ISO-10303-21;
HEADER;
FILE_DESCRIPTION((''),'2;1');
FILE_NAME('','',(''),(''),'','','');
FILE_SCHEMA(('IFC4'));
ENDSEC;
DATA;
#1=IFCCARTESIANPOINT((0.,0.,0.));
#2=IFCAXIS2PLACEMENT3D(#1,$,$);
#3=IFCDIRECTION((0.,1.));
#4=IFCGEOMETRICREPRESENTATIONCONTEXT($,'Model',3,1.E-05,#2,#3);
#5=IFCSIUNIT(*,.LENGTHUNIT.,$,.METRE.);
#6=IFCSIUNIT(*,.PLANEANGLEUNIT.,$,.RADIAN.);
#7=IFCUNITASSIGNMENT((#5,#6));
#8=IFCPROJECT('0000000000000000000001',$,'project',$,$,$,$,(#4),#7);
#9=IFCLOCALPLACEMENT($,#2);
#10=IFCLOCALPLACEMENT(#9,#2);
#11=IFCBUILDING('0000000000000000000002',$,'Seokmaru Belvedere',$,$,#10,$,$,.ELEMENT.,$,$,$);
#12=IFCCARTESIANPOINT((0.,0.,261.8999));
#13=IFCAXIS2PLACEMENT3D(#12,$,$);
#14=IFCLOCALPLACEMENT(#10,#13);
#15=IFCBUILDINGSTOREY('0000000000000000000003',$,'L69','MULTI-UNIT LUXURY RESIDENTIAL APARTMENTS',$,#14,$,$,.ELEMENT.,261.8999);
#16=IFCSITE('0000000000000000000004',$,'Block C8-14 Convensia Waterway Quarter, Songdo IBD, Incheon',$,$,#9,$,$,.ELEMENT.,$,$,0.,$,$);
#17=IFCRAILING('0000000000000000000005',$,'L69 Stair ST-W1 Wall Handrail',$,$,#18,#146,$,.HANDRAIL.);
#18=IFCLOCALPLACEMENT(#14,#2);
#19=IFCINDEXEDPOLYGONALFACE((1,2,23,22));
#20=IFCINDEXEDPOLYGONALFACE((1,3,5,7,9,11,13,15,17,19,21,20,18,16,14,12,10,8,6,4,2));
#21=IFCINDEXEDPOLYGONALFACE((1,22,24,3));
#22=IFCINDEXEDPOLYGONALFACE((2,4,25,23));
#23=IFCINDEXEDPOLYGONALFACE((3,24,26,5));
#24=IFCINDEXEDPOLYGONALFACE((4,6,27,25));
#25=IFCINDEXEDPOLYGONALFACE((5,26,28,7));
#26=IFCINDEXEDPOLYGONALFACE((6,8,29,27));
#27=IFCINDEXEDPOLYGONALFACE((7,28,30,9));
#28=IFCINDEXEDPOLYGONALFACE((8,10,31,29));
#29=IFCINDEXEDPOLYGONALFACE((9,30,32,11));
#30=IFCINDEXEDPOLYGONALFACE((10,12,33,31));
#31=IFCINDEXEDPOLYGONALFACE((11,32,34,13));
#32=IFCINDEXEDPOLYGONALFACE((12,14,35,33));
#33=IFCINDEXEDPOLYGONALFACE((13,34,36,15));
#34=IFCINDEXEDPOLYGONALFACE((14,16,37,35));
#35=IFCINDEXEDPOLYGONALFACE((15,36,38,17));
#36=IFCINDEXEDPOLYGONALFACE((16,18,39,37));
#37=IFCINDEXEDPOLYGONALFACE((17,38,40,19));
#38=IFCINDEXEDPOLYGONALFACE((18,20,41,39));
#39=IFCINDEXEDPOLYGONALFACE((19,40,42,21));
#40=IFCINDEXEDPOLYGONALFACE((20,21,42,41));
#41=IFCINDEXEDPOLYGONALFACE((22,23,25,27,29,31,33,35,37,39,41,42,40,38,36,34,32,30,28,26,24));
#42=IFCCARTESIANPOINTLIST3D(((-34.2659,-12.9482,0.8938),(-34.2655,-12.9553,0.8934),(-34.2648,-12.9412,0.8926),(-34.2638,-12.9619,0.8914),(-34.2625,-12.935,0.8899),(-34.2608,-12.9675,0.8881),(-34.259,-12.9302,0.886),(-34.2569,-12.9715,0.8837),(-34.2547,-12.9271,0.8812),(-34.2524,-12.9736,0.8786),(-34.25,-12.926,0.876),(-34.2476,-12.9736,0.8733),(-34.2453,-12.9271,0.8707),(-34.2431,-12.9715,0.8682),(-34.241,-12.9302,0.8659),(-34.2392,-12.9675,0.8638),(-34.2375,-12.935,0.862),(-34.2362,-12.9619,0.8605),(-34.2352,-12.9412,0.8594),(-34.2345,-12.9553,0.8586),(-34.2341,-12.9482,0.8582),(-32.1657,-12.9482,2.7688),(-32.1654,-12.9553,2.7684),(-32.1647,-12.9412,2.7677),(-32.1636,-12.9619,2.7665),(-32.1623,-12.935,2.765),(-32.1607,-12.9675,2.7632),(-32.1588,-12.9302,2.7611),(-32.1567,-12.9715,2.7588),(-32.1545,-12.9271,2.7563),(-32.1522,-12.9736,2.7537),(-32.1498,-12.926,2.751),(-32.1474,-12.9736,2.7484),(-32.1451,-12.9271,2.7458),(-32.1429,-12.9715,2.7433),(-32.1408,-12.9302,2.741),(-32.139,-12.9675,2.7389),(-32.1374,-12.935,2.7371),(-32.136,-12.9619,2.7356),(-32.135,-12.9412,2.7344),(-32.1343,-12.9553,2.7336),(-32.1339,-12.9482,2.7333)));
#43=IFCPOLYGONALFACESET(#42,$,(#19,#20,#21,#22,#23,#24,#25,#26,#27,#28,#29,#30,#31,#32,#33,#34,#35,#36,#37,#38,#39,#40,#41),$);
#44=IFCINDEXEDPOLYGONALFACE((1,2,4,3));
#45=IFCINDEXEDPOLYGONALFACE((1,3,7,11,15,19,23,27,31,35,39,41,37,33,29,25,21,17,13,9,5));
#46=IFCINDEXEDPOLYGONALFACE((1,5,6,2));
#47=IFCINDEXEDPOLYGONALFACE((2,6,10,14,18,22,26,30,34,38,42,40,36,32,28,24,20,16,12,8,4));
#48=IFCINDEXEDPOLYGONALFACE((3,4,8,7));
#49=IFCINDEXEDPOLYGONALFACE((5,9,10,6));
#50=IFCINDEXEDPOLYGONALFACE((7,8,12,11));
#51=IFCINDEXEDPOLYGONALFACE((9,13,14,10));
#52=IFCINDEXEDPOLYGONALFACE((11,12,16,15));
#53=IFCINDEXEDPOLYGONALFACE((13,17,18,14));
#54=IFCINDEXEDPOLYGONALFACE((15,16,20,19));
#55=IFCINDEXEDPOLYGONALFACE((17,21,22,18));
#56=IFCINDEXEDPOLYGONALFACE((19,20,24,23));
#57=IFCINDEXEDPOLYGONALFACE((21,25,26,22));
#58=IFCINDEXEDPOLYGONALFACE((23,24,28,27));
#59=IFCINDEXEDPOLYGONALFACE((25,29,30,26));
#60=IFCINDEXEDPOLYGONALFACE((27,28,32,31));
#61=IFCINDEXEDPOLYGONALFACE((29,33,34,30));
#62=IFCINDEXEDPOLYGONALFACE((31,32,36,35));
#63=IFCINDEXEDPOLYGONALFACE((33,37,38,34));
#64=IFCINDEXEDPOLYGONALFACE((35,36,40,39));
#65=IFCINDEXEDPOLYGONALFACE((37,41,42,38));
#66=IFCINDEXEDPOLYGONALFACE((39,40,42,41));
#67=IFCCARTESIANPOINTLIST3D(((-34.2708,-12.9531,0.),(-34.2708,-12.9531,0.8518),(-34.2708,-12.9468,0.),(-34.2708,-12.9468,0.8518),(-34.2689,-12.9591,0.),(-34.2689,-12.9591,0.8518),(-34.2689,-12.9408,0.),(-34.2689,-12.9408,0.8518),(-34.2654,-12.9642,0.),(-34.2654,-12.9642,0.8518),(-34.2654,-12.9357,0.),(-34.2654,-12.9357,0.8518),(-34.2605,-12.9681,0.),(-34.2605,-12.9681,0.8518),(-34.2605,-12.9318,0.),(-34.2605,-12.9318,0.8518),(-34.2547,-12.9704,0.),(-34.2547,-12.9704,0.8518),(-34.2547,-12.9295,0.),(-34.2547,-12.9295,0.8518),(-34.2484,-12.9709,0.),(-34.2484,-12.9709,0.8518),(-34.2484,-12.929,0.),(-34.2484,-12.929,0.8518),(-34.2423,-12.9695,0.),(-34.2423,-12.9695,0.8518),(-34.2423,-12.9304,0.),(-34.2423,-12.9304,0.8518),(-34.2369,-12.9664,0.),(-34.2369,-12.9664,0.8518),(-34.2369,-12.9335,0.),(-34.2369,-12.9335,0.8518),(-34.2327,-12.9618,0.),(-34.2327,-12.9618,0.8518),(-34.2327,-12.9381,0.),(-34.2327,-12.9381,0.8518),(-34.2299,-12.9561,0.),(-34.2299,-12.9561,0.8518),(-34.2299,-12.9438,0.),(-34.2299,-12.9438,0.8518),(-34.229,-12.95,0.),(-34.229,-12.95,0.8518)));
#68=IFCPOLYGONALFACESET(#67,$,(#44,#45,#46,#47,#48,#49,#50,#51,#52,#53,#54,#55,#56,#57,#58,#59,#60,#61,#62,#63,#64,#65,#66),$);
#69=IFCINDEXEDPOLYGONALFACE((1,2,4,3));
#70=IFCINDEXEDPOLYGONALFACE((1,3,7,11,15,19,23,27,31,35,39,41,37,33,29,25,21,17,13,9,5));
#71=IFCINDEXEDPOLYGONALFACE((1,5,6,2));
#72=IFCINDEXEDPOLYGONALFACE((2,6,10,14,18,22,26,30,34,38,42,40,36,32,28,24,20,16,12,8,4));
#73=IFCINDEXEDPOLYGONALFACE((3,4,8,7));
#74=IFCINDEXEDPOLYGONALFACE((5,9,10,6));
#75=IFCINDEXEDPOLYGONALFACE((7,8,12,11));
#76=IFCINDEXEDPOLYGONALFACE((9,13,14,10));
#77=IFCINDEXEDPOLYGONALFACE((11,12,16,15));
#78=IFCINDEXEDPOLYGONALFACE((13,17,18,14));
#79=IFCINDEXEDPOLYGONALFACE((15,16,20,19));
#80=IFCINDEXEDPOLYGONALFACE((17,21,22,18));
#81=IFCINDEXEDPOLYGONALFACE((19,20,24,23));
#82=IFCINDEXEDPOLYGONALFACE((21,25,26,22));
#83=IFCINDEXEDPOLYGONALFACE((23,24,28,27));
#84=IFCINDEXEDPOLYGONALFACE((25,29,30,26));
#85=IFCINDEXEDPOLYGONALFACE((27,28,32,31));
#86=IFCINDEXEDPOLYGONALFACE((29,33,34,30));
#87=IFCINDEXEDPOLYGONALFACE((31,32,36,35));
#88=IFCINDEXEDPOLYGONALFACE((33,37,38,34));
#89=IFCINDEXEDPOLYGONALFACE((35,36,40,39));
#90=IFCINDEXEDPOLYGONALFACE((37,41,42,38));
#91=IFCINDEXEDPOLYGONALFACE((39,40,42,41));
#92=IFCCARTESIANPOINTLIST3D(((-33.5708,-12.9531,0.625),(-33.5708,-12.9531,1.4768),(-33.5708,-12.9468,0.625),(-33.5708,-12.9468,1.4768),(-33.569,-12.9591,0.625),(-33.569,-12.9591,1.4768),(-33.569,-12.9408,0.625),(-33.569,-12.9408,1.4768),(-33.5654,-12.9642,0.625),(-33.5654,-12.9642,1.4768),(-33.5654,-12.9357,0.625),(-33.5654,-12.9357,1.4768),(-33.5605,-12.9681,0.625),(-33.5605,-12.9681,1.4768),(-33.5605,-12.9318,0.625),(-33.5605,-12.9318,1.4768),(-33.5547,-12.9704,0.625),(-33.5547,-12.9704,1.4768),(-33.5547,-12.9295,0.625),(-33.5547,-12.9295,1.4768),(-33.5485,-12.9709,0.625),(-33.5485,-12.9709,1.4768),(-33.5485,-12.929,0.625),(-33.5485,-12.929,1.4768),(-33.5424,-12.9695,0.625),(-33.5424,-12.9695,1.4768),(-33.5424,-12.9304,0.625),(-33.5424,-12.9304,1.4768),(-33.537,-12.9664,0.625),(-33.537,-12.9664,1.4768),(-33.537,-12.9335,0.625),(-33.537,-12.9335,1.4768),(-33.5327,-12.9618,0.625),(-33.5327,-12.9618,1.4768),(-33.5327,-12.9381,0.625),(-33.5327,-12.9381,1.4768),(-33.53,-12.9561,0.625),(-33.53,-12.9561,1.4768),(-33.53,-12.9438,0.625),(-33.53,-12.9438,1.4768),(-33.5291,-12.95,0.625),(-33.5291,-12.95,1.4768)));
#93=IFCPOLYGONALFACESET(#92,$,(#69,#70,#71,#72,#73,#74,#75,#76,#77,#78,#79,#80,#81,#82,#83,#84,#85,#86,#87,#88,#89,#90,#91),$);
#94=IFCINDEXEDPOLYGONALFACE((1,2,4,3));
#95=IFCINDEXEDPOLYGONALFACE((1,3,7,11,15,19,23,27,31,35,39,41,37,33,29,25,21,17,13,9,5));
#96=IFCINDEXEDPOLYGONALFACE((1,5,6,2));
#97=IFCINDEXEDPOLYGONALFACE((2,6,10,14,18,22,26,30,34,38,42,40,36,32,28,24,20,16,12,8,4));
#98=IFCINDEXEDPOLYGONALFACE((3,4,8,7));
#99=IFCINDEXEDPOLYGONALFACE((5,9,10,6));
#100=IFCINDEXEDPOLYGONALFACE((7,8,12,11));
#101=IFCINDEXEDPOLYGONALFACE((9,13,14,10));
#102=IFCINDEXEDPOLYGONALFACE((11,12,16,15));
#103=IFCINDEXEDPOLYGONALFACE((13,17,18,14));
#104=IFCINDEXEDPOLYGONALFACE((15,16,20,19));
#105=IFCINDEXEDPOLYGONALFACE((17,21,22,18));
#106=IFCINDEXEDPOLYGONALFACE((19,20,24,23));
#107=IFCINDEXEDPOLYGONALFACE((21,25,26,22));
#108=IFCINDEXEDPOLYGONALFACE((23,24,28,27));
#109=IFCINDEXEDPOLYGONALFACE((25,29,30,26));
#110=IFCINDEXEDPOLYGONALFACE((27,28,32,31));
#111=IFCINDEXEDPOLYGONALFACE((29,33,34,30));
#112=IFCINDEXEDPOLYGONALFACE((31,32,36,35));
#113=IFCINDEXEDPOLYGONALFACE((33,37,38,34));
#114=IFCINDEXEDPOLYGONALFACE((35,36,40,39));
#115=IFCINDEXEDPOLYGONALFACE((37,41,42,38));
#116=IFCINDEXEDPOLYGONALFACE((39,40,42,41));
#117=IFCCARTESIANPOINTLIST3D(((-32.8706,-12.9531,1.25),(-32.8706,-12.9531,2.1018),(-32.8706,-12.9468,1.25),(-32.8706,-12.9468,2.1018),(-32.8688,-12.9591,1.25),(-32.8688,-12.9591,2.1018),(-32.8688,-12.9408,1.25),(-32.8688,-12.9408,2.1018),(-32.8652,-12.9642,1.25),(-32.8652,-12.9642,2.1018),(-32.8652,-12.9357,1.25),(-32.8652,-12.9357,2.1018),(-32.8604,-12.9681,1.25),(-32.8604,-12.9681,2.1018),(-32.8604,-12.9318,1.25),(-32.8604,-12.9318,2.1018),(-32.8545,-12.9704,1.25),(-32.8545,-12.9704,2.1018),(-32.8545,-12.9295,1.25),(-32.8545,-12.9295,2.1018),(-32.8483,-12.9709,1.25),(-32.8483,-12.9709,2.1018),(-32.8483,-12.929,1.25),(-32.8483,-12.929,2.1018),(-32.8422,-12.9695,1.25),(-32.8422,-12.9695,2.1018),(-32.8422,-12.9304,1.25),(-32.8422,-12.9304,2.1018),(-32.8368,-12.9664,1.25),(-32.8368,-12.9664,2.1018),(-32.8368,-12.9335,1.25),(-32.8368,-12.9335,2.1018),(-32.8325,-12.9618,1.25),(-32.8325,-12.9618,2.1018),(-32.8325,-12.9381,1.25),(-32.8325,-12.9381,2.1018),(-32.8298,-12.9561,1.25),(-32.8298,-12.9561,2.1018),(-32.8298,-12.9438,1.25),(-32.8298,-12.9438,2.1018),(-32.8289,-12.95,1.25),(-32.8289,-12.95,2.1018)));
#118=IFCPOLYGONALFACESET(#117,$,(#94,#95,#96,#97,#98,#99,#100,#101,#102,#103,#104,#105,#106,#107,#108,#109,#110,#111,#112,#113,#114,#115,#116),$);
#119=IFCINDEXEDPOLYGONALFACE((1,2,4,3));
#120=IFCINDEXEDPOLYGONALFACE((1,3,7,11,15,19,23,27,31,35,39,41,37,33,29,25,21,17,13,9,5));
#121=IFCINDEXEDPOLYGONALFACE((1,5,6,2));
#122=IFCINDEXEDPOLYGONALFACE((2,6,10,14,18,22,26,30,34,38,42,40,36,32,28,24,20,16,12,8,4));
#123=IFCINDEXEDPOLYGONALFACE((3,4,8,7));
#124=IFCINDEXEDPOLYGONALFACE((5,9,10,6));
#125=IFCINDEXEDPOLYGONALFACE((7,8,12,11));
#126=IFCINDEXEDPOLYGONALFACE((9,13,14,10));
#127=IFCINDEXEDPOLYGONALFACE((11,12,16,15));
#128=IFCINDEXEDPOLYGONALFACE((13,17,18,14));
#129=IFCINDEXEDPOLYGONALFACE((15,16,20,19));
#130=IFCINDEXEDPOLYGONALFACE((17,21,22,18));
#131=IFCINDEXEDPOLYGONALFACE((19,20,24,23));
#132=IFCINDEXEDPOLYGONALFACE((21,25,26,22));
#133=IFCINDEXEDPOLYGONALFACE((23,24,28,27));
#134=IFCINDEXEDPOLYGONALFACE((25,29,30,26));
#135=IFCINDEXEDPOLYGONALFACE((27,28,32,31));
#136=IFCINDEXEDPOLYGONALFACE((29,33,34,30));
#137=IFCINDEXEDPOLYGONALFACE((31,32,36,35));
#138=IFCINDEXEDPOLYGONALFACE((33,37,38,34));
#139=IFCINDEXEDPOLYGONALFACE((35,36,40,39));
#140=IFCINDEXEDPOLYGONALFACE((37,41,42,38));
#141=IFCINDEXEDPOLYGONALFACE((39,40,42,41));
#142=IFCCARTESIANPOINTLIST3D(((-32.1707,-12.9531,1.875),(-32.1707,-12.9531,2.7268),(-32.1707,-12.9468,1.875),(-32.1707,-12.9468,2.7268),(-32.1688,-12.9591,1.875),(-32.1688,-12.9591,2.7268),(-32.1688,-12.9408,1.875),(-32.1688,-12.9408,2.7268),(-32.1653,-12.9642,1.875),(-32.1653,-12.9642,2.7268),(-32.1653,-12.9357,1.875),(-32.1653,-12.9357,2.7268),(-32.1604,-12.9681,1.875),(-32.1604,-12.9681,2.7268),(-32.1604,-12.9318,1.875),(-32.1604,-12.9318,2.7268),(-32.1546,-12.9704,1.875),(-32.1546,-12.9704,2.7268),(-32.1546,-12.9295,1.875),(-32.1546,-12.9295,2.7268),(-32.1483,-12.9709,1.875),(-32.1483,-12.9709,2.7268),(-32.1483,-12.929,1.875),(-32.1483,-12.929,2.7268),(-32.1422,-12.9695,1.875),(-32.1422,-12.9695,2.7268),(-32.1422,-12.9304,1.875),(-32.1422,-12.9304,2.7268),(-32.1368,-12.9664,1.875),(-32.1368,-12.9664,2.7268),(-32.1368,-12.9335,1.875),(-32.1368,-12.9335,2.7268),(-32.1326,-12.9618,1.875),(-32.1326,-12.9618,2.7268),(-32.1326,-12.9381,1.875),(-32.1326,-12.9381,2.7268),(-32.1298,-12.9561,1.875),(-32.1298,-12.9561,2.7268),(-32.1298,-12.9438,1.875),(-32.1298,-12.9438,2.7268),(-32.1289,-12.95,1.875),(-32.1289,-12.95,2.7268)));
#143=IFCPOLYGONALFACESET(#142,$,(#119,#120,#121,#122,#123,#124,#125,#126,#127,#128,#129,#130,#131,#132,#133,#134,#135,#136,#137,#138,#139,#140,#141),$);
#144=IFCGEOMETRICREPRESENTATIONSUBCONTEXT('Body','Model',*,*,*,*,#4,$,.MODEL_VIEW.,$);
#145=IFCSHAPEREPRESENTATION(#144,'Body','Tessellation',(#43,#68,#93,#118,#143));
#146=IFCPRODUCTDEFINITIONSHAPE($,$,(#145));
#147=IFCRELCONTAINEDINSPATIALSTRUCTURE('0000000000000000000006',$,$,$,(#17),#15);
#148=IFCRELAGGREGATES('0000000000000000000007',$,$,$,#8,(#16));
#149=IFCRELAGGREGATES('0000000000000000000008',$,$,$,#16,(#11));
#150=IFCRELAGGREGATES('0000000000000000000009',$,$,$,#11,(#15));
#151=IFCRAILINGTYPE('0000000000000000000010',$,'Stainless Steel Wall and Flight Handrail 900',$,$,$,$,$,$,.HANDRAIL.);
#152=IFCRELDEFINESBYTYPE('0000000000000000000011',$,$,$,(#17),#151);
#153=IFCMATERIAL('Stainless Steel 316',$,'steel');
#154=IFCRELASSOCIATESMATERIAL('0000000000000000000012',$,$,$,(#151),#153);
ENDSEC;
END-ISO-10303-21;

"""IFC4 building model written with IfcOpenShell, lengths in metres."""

from ifc_helpers import new_model, si_unit, direction, frame, origin, origin_2d, place, context, subcontext, project, spatial, circle, extrude, material, type_object, element, save


model = new_model("IFC4")

# Units and contexts
model_context = context("Model", 3, precision=1e-05, world=origin(), true_north=direction((0.0, 1.0)))
body_context = subcontext(model_context, "Body", "Model", "MODEL_VIEW")
ifc_project = project(units=[si_unit("LENGTHUNIT", "METRE"), si_unit("PLANEANGLEUNIT", "RADIAN")], contexts=[model_context])

# Site, building, storey
site_placement = place(None, origin())
site = spatial("IfcSite", under=ifc_project, at=site_placement, Name="Block C8-14 Convensia Waterway Quarter, Songdo IBD, Incheon", CompositionType="ELEMENT", RefElevation=0.0)
building_placement = place(site_placement, origin())
building = spatial("IfcBuilding", under=site, at=building_placement, Name="Seokmaru Belvedere", CompositionType="ELEMENT")
storey_placement = place(building_placement, frame((0.0, 0.0, 261.8999)))
storey = spatial("IfcBuildingStorey", under=building, at=storey_placement, Name="L69", Description="MULTI-UNIT LUXURY RESIDENTIAL APARTMENTS", CompositionType="ELEMENT", Elevation=261.8999)

# Railing
ifc_material_1 = material(Name="Stainless Steel 316", Category="steel")
railing_type_1 = type_object("IfcRailingType", Name="Stainless Steel Wall and Flight Handrail 900", PredefinedType="HANDRAIL", material=ifc_material_1)
railing_1_placement = place(storey_placement, frame((-34.25, -12.95, 0.0)))
element("IfcRailing", 1, at=railing_1_placement, inside=storey, type_object=railing_type_1, Name="L69 Stair ST-W1 Wall Handrail", PredefinedType="HANDRAIL", context=body_context, shape_type="SweptSolid", body=[
    extrude(circle(Radius=0.0239, at=origin_2d()), frame((0.0, 0.0, 0.876), z_axis=(0.745953, 0.0, 0.665999), x_axis=(0.0, 1.0, 0.0)), (0.0, 0.0, 1.0), 2.8154),
    extrude(circle(Radius=0.021, at=origin_2d()), origin(), (0.0, 0.0, 1.0), 0.8518),
    extrude(circle(Radius=0.021, at=origin_2d()), frame((0.7, 0.0, 0.625)), (0.0, 0.0, 1.0), 0.8518),
    extrude(circle(Radius=0.021, at=origin_2d()), frame((1.4001, 0.0, 1.25)), (0.0, 0.0, 1.0), 0.8518),
    extrude(circle(Radius=0.021, at=origin_2d()), frame((2.1001, 0.0, 1.875)), (0.0, 0.0, 1.0), 0.8518),
])

save(model, "model.ifc")
